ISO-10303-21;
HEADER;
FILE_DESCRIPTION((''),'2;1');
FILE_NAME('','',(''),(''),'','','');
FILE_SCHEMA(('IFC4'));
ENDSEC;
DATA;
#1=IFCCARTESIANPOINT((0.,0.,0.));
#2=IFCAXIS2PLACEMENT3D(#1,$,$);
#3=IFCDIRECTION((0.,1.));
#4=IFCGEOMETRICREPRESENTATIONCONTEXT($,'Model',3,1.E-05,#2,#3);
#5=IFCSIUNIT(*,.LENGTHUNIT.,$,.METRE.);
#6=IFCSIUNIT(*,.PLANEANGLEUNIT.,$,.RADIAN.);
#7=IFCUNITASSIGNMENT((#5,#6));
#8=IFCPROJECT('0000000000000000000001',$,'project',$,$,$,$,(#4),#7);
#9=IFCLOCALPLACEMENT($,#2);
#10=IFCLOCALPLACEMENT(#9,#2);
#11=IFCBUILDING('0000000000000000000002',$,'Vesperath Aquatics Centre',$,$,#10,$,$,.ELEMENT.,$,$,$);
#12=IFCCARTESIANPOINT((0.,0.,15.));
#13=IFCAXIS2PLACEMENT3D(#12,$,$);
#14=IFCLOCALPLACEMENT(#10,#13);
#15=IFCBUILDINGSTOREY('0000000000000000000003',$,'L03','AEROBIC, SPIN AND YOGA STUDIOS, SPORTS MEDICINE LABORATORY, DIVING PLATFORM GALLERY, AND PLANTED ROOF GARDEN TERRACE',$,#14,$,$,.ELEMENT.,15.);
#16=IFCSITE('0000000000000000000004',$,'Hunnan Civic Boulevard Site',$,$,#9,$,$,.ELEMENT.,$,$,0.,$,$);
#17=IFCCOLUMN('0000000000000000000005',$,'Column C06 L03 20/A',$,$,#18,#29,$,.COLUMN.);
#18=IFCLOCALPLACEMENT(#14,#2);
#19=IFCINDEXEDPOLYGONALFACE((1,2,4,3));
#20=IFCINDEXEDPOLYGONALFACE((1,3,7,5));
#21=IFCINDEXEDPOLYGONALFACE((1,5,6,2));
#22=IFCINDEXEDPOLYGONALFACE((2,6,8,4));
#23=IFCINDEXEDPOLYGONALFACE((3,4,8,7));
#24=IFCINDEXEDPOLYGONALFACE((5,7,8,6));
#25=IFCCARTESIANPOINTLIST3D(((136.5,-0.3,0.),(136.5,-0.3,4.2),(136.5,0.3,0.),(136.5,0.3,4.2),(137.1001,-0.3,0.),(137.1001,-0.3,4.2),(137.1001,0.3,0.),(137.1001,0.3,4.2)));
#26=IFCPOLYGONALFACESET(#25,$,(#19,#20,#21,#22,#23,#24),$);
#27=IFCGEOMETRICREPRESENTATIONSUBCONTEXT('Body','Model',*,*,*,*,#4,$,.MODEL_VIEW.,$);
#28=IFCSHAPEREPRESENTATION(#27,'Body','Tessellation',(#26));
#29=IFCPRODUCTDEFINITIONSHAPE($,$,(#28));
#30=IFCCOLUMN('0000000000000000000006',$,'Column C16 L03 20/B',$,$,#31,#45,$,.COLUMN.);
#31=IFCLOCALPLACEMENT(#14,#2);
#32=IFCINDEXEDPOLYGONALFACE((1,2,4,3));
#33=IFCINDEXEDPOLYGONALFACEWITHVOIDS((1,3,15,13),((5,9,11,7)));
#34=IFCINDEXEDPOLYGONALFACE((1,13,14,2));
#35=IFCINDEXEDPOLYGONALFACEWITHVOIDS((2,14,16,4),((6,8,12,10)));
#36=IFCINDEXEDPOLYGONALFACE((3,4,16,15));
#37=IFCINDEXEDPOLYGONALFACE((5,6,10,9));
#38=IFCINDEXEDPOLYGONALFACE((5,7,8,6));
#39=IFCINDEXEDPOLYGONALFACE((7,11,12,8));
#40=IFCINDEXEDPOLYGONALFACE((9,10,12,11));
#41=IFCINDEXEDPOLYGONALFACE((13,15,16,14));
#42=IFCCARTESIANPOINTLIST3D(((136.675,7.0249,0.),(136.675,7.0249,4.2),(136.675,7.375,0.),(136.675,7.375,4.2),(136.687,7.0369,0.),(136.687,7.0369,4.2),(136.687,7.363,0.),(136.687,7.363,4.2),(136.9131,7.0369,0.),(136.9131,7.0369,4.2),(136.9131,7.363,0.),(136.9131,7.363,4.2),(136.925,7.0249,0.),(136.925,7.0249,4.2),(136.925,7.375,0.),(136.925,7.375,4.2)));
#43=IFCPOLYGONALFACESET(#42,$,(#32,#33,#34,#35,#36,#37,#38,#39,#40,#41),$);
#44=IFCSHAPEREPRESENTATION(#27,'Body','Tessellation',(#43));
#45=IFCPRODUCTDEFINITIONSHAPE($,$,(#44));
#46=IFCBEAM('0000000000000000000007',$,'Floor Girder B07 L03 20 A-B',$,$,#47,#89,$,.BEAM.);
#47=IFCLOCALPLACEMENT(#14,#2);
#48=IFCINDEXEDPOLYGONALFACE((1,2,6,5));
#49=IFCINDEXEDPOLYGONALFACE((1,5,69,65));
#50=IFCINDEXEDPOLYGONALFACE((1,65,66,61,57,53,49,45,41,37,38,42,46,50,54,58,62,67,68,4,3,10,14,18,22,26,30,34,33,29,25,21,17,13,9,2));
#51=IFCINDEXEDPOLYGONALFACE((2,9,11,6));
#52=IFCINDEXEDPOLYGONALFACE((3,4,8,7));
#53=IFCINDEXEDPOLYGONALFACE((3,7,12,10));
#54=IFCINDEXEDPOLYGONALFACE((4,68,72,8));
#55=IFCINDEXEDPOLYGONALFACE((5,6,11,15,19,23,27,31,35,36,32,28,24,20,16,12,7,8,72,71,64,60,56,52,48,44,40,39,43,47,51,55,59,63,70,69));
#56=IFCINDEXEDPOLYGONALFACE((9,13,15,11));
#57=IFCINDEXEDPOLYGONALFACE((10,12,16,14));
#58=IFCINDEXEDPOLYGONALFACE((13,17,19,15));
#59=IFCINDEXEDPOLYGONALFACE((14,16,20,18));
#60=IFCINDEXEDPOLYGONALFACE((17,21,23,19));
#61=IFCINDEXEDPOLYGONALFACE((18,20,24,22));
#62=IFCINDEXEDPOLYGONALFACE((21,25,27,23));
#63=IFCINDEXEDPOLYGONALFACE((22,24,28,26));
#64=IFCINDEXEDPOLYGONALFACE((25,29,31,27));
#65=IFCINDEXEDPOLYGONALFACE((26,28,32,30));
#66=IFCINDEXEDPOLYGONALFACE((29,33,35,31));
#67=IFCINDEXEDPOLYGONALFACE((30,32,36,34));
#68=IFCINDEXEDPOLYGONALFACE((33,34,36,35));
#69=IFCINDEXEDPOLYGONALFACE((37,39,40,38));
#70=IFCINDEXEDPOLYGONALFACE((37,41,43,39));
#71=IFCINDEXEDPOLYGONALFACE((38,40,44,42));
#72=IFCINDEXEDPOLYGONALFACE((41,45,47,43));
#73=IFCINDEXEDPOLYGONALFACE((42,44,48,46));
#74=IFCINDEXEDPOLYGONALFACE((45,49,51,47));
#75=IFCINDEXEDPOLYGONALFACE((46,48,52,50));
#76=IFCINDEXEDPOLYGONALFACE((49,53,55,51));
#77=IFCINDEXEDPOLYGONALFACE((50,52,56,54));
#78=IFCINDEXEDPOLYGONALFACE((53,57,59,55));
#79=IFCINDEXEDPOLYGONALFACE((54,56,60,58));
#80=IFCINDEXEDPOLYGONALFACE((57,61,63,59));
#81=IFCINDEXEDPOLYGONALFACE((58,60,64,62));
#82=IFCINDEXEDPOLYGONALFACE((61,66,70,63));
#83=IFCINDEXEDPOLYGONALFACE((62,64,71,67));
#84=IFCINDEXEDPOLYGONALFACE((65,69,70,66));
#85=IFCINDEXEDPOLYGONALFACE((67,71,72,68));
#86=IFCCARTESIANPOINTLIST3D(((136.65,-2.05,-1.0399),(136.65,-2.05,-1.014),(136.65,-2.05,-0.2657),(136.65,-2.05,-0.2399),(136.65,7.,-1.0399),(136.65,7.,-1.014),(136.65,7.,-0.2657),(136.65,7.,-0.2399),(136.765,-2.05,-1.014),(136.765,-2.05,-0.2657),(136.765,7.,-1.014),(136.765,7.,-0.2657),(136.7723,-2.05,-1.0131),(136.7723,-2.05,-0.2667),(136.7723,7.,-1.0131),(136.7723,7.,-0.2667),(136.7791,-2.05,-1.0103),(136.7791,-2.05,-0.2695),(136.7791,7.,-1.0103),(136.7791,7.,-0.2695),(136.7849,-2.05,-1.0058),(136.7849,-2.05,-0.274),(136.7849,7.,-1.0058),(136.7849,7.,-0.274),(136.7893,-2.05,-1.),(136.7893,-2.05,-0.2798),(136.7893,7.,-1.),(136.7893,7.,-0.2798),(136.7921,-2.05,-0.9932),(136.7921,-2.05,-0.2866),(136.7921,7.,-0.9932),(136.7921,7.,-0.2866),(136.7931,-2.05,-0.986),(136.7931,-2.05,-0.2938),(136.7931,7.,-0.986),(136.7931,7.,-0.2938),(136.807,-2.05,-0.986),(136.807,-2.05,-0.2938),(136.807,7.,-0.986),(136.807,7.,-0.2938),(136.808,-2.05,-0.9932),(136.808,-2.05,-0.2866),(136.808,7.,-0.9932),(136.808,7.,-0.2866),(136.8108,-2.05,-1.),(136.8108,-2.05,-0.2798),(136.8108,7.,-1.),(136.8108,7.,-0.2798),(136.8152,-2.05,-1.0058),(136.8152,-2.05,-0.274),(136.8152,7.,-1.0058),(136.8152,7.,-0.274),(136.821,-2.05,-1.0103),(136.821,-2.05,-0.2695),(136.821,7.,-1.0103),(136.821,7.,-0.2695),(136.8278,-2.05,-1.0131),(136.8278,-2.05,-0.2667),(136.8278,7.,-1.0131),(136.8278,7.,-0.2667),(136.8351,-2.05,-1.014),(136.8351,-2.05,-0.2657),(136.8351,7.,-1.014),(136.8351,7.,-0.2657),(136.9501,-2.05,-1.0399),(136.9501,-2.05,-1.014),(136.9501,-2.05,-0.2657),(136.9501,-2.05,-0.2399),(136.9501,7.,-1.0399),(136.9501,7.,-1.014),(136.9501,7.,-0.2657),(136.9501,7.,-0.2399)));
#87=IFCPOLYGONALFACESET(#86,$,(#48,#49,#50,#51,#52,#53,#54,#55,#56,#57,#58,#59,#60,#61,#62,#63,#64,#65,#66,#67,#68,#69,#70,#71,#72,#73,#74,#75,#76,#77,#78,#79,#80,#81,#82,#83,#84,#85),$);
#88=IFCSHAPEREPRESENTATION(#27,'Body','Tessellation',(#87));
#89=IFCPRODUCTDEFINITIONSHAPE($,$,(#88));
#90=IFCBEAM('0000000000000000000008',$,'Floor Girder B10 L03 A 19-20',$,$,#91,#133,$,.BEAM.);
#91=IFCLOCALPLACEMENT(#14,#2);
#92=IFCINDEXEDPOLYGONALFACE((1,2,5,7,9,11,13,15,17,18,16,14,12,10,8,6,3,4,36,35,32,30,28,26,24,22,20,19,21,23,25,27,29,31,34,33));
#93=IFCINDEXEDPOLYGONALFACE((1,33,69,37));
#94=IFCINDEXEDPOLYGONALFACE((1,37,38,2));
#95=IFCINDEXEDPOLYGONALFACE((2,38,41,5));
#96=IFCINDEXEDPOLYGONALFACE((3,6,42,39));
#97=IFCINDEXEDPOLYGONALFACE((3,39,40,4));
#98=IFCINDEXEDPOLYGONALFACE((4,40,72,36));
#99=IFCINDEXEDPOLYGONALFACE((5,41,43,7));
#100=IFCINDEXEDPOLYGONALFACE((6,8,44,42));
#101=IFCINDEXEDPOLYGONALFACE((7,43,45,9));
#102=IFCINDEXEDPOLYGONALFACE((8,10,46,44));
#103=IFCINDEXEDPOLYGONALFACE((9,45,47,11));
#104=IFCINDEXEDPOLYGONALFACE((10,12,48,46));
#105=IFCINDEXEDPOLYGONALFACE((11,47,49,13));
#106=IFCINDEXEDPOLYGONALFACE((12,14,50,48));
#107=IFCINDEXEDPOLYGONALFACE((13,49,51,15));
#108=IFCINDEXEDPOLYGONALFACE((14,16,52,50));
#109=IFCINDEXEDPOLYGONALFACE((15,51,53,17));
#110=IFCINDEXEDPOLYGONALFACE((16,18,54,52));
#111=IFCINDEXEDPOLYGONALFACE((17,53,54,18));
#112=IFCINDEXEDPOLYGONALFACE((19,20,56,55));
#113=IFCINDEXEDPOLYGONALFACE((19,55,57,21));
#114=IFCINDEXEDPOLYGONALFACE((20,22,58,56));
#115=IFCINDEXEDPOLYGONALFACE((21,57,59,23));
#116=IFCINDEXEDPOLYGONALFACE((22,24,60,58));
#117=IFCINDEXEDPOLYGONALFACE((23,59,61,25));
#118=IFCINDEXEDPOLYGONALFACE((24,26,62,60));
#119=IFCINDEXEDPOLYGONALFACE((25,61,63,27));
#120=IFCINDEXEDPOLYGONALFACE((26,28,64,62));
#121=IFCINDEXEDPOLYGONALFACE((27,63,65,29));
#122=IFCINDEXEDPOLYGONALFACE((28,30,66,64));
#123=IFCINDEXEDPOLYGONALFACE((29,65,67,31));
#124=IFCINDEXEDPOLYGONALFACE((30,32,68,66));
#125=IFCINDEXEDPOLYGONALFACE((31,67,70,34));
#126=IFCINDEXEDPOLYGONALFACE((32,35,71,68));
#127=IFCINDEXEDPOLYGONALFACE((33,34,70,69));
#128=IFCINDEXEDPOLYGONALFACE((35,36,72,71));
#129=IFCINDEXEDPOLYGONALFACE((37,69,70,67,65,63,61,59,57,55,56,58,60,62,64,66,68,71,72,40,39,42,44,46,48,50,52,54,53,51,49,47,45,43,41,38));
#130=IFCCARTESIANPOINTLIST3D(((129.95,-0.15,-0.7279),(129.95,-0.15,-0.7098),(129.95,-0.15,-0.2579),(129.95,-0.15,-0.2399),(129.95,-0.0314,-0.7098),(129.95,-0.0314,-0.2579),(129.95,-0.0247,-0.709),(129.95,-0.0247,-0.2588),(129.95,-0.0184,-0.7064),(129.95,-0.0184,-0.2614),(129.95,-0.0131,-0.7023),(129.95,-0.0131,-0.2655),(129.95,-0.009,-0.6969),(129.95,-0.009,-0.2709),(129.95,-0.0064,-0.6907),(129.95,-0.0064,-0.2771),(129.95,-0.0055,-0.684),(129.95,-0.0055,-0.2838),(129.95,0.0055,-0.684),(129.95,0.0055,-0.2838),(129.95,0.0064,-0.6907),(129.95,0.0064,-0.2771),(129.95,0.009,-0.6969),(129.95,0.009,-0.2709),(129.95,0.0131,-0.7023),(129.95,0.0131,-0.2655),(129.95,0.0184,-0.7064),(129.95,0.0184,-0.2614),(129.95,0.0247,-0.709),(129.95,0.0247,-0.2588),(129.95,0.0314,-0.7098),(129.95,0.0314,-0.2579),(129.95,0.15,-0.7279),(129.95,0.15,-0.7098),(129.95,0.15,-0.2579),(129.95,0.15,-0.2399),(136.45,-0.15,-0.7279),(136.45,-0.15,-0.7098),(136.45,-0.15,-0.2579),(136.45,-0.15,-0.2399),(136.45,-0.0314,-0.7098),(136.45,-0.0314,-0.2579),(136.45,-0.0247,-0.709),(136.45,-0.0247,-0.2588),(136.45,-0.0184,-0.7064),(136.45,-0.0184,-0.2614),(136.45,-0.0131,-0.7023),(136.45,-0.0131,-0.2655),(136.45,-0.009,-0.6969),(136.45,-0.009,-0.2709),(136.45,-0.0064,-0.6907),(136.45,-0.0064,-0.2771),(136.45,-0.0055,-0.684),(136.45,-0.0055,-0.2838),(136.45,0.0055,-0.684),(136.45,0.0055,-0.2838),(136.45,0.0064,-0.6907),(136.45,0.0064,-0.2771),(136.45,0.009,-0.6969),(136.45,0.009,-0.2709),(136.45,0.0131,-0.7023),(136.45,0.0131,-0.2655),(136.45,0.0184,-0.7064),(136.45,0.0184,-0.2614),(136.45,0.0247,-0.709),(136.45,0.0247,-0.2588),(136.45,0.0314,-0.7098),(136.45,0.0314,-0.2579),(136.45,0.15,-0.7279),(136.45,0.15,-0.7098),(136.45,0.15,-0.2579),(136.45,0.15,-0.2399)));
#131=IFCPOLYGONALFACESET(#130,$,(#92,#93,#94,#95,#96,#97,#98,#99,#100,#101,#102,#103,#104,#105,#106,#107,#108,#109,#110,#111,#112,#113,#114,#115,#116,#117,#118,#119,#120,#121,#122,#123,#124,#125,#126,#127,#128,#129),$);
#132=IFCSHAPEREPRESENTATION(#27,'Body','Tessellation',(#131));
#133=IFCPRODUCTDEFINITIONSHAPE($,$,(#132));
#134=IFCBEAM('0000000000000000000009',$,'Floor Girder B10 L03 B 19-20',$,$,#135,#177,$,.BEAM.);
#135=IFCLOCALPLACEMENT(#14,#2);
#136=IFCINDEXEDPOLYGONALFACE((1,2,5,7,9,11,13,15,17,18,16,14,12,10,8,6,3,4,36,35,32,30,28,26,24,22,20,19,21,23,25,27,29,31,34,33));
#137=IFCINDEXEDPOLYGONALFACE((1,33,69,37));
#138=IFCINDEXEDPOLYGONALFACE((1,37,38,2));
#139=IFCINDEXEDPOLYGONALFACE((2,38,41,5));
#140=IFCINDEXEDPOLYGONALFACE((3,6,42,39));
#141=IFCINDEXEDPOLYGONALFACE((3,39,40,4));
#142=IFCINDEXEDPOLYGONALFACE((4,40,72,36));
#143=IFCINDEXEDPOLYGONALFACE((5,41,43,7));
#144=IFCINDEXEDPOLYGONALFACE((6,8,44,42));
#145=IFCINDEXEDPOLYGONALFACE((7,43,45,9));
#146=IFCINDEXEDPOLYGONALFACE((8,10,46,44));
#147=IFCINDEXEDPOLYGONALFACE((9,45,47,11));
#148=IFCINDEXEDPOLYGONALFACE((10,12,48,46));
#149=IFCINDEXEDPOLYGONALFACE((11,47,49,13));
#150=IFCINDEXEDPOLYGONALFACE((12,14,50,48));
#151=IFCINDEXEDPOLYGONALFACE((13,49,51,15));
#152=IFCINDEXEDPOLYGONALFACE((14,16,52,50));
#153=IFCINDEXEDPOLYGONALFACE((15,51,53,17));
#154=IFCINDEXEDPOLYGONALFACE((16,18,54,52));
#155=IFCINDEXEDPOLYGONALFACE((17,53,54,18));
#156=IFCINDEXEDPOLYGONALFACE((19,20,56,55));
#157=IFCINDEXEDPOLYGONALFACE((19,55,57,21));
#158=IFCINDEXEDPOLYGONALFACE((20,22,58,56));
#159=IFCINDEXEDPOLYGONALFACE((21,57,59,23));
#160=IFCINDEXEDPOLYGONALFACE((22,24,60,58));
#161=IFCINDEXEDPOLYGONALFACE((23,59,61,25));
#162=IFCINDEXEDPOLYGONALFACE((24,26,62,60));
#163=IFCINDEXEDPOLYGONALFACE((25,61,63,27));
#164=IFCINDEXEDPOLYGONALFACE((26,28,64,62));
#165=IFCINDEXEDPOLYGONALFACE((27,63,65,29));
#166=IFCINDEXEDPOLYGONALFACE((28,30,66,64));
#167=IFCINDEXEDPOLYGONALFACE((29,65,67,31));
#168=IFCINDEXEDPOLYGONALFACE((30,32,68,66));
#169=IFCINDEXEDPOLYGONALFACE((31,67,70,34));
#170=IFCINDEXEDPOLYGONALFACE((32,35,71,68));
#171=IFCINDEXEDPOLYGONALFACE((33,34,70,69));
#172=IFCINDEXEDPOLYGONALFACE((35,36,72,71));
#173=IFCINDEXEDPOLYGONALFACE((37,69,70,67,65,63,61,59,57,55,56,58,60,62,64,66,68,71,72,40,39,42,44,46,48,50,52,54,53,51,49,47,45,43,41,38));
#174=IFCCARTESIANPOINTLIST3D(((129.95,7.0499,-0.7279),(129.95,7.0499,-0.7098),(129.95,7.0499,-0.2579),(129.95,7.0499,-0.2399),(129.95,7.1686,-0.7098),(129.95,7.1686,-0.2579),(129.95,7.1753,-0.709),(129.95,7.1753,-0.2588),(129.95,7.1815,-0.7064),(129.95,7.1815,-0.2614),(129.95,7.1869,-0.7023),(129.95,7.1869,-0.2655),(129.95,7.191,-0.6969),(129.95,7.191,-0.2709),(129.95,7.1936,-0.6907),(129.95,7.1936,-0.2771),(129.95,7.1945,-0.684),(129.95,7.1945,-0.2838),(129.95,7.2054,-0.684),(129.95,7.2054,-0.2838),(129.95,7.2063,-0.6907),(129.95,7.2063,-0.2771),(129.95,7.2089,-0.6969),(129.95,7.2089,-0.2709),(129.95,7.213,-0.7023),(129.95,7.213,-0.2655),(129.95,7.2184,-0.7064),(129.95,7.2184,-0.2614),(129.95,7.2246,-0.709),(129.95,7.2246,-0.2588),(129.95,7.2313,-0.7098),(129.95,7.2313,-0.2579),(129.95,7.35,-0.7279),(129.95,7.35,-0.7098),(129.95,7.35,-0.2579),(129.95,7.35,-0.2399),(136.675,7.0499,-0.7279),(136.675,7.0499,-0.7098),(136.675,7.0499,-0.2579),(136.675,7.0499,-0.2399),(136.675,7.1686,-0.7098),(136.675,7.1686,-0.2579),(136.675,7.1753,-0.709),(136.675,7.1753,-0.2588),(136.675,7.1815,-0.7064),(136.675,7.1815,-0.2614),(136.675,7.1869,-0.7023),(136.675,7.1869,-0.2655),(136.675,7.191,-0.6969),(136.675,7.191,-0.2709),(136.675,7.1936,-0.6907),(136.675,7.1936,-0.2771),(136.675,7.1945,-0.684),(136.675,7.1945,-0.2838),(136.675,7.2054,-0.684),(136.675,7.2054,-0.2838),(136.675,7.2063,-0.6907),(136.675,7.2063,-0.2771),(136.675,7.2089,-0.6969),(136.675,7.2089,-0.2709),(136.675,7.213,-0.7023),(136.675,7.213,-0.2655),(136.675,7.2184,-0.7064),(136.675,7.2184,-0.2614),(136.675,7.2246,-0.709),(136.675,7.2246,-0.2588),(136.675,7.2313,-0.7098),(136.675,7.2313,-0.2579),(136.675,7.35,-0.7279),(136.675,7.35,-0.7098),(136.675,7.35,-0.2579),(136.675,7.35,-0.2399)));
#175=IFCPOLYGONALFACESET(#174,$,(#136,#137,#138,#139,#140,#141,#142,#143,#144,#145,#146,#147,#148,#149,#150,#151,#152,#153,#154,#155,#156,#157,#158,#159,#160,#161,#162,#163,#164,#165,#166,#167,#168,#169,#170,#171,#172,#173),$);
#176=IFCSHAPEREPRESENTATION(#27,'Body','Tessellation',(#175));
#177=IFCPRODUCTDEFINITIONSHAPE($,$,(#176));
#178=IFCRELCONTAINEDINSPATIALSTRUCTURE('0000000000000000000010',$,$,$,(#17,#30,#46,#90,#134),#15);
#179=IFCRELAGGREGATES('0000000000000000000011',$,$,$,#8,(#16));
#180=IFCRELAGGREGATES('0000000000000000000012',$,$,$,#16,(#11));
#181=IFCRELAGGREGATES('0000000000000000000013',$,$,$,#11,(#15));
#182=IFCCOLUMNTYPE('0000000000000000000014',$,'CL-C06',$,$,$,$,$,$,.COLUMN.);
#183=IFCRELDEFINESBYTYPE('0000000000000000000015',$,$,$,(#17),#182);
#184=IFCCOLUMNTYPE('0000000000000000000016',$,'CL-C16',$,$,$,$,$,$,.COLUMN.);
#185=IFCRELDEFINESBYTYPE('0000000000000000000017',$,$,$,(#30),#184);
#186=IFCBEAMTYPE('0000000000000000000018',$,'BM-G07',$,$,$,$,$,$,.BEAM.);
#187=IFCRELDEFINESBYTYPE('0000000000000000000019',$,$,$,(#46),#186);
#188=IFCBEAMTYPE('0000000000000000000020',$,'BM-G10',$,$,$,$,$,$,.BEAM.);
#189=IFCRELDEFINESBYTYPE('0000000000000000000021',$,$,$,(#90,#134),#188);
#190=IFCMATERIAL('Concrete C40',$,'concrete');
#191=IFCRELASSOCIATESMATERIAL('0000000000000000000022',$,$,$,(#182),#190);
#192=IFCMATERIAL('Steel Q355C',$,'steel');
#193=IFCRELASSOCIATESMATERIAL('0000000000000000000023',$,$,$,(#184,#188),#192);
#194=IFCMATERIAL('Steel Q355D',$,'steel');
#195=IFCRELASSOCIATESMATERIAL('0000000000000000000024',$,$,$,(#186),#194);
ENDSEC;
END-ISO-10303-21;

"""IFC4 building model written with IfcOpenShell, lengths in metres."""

from ifc_helpers import new_model, si_unit, direction, frame, origin, origin_2d, place, context, subcontext, project, spatial, rectangle, hollow_rectangle, i_section, extrude, material, material_profile, profile_set, type_object, element, save


model = new_model("IFC4")

# Units and contexts
model_context = context("Model", 3, precision=1e-05, world=origin(), true_north=direction((0.0, 1.0)))
body_context = subcontext(model_context, "Body", "Model", "MODEL_VIEW")
ifc_project = project(units=[si_unit("LENGTHUNIT", "METRE"), si_unit("PLANEANGLEUNIT", "RADIAN")], contexts=[model_context])

# Site, building, storey
site_placement = place(None, origin())
site = spatial("IfcSite", under=ifc_project, at=site_placement, Name="Hunnan Civic Boulevard Site", CompositionType="ELEMENT", RefElevation=0.0)
building_placement = place(site_placement, origin())
building = spatial("IfcBuilding", under=site, at=building_placement, Name="Vesperath Aquatics Centre", CompositionType="ELEMENT")
storey_placement = place(building_placement, frame((0.0, 0.0, 15.0)))
storey = spatial("IfcBuildingStorey", under=building, at=storey_placement, Name="L03", Description="AEROBIC, SPIN AND YOGA STUDIOS, SPORTS MEDICINE LABORATORY, DIVING PLATFORM GALLERY, AND PLANTED ROOF GARDEN TERRACE", CompositionType="ELEMENT", Elevation=15.0)

# Columns
ifc_material_1 = material(Name="Concrete C40", Category="concrete")
ifc_material_profile_1 = material_profile(ifc_material_1, rectangle(XDim=0.6001, YDim=0.6001, at=origin_2d()), Name="RC 600x600")
ifc_profile_set_1 = profile_set([ifc_material_profile_1], Name="Concrete C40")
column_type_1 = type_object("IfcColumnType", Name="CL-C06", PredefinedType="COLUMN", material=ifc_profile_set_1)
column_1_placement = place(storey_placement, frame((136.8, 0.0, 0.0), z_axis=(0.0, 0.0, 1.0), x_axis=(1.0, 0.0, 0.0)))
element("IfcColumn", 1, at=column_1_placement, inside=storey, type_object=column_type_1, Name="Column C06 L03 20/A", PredefinedType="COLUMN", context=body_context, shape_type="SweptSolid", body=[
    extrude(rectangle(XDim=0.6001, YDim=0.6001, at=origin_2d()), origin(), (0.0, 0.0, 1.0), 4.2),
])
ifc_material_2 = material(Name="Steel Q355C", Category="steel")
ifc_material_profile_2 = material_profile(ifc_material_2, hollow_rectangle(XDim=0.25, YDim=0.3501, WallThickness=0.012, at=origin_2d()), Name="RHS 350x250x12")
ifc_profile_set_2 = profile_set([ifc_material_profile_2], Name="Steel Q355C")
column_type_2 = type_object("IfcColumnType", Name="CL-C16", PredefinedType="COLUMN", material=ifc_profile_set_2)
column_2_placement = place(storey_placement, frame((136.8, 7.2, 0.0), z_axis=(0.0, 0.0, 1.0), x_axis=(1.0, 0.0, 0.0)))
element("IfcColumn", 2, at=column_2_placement, inside=storey, type_object=column_type_2, Name="Column C16 L03 20/B", PredefinedType="COLUMN", context=body_context, shape_type="SweptSolid", body=[
    extrude(hollow_rectangle(XDim=0.25, YDim=0.3501, WallThickness=0.012, at=origin_2d()), origin(), (0.0, 0.0, 1.0), 4.2),
])

# Beams
ifc_material_3 = material(Name="Steel Q355D", Category="steel")
ifc_material_profile_3 = material_profile(ifc_material_3, i_section(OverallWidth=0.3, OverallDepth=0.8, WebThickness=0.0139, FlangeThickness=0.0259, FilletRadius=0.0281, at=origin_2d()), Name="HN 800x300x14x26")
ifc_profile_set_3 = profile_set([ifc_material_profile_3], Name="Steel Q355D")
beam_type_1 = type_object("IfcBeamType", Name="BM-G07", PredefinedType="BEAM", material=ifc_profile_set_3)
beam_1_placement = place(storey_placement, frame((136.8, -2.05, -0.6399), z_axis=(0.0, 1.0, 0.0), x_axis=(-1.0, 0.0, 0.0)))
element("IfcBeam", 3, at=beam_1_placement, inside=storey, type_object=beam_type_1, Name="Floor Girder B07 L03 20 A-B", PredefinedType="BEAM", context=body_context, shape_type="SweptSolid", body=[
    extrude(i_section(OverallWidth=0.3, OverallDepth=0.8, WebThickness=0.0139, FlangeThickness=0.0259, FilletRadius=0.0281, at=origin_2d()), origin(), (0.0, 0.0, 1.0), 9.05),
])
ifc_material_profile_4 = material_profile(ifc_material_2, i_section(OverallWidth=0.3, OverallDepth=0.488, WebThickness=0.011, FlangeThickness=0.0181, FilletRadius=0.0259, at=origin_2d()), Name="HM 488x300x11x18")
ifc_profile_set_4 = profile_set([ifc_material_profile_4], Name="Steel Q355C")
beam_type_2 = type_object("IfcBeamType", Name="BM-G10", PredefinedType="BEAM", material=ifc_profile_set_4)
beam_2_placement = place(storey_placement, frame((129.95, 0.0, -0.4839), z_axis=(1.0, 0.0, 0.0), x_axis=(0.0, 1.0, 0.0)))
element("IfcBeam", 4, at=beam_2_placement, inside=storey, type_object=beam_type_2, Name="Floor Girder B10 L03 A 19-20", PredefinedType="BEAM", context=body_context, shape_type="SweptSolid", body=[
    extrude(i_section(OverallWidth=0.3, OverallDepth=0.488, WebThickness=0.011, FlangeThickness=0.0181, FilletRadius=0.0259, at=origin_2d()), origin(), (0.0, 0.0, 1.0), 6.5),
])
for number, where, z_axis, x_axis, name in (
    (5, (129.95, 7.2, -0.4839), (1.0, 0.0, 0.0), (0.0, 1.0, 0.0), "Floor Girder B10 L03 B 19-20"),
):
    element("IfcBeam", number, at=place(storey_placement, frame(where, z_axis=z_axis, x_axis=x_axis)), inside=storey, type_object=beam_type_2, Name=name, PredefinedType="BEAM", context=body_context, shape_type="SweptSolid", body=[
        extrude(i_section(OverallWidth=0.3, OverallDepth=0.488, WebThickness=0.011, FlangeThickness=0.0181, FilletRadius=0.0259, at=origin_2d()), origin(), (0.0, 0.0, 1.0), 6.7251),
    ])

save(model, "model.ifc")
